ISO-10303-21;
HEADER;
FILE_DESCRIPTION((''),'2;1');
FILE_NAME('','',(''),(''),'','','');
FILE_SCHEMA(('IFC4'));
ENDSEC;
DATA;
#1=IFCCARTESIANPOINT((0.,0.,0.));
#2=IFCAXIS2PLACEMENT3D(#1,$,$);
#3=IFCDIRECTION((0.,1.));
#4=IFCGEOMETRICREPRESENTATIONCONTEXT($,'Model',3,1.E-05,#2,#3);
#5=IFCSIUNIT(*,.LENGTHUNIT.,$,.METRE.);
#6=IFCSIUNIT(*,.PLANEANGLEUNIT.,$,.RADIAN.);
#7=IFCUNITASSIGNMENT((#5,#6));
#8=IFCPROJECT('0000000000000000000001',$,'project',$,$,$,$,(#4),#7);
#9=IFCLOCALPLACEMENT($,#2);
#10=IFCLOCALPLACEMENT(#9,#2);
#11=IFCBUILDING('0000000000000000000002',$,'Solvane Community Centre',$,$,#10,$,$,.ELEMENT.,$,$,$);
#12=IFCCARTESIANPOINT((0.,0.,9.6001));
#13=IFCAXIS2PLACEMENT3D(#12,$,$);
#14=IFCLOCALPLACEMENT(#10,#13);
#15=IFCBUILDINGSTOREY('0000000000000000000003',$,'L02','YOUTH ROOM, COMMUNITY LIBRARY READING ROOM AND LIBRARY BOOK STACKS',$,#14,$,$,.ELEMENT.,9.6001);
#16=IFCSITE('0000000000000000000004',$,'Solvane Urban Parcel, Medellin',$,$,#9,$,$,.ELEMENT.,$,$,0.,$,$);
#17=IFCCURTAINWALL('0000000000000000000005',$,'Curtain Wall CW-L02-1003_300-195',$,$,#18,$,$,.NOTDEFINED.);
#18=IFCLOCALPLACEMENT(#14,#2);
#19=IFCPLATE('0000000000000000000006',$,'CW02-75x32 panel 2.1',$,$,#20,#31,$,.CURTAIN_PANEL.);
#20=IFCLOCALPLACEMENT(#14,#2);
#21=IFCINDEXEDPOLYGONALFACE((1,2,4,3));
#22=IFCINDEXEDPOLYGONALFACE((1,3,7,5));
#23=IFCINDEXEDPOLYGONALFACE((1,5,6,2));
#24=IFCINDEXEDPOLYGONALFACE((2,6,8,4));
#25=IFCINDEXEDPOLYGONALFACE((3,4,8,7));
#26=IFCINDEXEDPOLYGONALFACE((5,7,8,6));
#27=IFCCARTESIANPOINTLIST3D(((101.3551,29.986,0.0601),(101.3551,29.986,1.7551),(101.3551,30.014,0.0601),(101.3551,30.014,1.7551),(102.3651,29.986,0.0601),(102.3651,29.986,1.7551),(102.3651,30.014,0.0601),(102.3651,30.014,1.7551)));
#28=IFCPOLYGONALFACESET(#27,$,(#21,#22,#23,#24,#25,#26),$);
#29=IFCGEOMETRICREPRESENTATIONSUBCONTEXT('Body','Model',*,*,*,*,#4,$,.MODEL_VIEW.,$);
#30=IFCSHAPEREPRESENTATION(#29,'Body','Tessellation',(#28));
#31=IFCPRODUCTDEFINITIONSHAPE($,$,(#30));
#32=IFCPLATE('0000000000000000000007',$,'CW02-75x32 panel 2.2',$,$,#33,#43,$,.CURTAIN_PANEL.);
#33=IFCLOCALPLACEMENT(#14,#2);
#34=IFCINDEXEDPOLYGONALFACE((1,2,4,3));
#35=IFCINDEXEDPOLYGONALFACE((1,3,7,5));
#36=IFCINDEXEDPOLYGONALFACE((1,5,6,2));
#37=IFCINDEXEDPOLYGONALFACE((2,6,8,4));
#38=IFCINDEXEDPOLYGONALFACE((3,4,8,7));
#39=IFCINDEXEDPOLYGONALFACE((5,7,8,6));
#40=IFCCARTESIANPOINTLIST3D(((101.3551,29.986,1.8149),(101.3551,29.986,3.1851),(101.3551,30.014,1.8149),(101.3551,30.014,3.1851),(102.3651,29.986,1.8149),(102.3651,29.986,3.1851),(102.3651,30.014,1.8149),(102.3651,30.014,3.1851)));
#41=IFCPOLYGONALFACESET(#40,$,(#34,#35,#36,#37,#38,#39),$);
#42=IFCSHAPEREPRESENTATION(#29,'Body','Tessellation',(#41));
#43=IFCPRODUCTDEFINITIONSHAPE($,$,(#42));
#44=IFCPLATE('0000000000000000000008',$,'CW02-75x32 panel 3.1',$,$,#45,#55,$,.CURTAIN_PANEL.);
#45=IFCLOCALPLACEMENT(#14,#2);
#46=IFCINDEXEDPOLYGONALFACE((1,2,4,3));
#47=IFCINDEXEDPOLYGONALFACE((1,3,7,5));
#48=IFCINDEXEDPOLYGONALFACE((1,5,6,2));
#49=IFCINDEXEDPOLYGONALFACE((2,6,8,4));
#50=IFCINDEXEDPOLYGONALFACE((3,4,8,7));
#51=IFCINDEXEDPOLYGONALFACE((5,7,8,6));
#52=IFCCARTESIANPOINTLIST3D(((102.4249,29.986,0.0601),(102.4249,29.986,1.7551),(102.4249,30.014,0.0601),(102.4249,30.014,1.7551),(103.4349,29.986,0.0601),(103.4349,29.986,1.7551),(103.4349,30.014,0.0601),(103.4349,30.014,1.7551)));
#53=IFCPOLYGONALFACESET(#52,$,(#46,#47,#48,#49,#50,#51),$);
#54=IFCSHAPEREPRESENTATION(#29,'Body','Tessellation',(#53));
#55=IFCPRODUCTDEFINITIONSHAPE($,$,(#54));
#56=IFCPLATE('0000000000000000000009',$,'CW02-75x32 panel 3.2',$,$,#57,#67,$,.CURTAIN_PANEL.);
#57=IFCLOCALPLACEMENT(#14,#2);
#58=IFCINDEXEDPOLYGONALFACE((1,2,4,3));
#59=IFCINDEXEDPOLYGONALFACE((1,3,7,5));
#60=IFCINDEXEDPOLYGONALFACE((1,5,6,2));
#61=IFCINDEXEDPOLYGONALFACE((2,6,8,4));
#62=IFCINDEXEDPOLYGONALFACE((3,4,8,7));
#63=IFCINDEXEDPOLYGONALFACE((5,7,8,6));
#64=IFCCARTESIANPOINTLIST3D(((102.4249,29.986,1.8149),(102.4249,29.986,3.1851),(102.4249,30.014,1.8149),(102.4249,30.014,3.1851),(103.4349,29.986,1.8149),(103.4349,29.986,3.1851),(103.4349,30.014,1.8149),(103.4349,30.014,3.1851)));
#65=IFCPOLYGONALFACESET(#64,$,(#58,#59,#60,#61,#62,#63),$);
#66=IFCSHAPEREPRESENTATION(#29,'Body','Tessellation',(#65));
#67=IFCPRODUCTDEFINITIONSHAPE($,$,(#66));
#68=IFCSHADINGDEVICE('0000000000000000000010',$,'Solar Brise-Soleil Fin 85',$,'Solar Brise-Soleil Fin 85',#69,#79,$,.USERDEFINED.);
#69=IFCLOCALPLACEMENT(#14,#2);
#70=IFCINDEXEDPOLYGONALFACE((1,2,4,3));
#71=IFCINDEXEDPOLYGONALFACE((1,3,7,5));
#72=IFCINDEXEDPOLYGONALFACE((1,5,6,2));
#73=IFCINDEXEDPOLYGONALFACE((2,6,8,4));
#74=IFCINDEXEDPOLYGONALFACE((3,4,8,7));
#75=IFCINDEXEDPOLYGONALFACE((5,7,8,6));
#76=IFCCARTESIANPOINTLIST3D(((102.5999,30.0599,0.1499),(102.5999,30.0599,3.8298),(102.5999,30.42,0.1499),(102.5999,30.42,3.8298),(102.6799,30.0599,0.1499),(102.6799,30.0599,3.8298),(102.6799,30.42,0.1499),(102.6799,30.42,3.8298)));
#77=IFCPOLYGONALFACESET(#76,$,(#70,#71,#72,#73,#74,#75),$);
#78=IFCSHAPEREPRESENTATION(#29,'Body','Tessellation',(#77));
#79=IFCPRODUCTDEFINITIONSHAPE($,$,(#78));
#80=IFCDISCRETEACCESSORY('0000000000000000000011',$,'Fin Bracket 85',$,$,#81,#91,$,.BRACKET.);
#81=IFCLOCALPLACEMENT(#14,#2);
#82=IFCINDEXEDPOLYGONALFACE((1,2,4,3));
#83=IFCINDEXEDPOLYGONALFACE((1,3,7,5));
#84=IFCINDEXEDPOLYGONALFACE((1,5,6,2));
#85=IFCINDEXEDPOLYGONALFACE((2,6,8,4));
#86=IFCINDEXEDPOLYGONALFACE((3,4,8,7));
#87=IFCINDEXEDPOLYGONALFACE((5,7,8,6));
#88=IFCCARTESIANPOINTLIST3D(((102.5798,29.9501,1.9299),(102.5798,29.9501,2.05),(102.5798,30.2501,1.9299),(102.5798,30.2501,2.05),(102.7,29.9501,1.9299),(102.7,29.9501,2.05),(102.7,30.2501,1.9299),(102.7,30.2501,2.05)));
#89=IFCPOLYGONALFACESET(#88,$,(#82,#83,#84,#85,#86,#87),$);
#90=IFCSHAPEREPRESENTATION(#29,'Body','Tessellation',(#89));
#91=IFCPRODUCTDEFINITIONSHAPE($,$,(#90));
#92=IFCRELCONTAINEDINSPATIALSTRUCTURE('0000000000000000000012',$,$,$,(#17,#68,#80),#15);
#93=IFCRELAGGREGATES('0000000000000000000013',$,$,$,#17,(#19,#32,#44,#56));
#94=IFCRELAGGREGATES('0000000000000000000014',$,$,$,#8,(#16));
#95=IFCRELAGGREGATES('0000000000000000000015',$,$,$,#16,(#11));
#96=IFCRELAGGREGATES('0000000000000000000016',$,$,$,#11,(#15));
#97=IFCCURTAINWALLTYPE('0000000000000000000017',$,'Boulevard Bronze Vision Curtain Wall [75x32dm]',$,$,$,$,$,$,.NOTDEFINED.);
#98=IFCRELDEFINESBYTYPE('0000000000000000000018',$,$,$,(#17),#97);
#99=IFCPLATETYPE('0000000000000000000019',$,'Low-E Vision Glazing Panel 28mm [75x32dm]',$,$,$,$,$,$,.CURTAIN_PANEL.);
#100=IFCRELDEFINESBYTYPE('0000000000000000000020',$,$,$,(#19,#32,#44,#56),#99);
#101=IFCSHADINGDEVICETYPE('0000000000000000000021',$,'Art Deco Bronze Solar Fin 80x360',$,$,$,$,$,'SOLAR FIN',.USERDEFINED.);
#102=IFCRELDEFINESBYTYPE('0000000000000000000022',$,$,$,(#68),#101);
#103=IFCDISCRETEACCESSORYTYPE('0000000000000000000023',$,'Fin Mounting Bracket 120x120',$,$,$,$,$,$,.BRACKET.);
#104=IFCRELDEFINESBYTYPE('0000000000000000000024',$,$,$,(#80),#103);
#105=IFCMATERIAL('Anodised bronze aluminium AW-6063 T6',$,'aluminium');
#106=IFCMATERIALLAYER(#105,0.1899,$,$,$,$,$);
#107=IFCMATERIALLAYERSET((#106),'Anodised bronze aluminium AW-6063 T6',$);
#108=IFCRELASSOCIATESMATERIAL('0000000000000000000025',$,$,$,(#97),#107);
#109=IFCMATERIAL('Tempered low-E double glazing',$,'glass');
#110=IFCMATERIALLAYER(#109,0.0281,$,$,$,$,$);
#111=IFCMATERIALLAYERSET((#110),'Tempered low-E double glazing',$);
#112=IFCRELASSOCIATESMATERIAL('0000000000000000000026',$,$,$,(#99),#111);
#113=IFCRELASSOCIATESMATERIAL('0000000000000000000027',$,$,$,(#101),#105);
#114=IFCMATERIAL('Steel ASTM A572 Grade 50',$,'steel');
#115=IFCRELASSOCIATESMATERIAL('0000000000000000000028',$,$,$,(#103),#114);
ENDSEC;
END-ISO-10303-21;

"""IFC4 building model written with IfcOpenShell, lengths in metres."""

from ifc_helpers import new_model, si_unit, direction, frame, origin, origin_2d, place, context, subcontext, project, spatial, rectangle, extrude, material, layer, layer_set, type_object, element, aggregate, save


model = new_model("IFC4")

# Units and contexts
model_context = context("Model", 3, precision=1e-05, world=origin(), true_north=direction((0.0, 1.0)))
body_context = subcontext(model_context, "Body", "Model", "MODEL_VIEW")
ifc_project = project(units=[si_unit("LENGTHUNIT", "METRE"), si_unit("PLANEANGLEUNIT", "RADIAN")], contexts=[model_context])

# Site, building, storey
site_placement = place(None, origin())
site = spatial("IfcSite", under=ifc_project, at=site_placement, Name="Solvane Urban Parcel, Medellin", CompositionType="ELEMENT", RefElevation=0.0)
building_placement = place(site_placement, origin())
building = spatial("IfcBuilding", under=site, at=building_placement, Name="Solvane Community Centre", CompositionType="ELEMENT")
storey_placement = place(building_placement, frame((0.0, 0.0, 9.6001)))
storey = spatial("IfcBuildingStorey", under=building, at=storey_placement, Name="L02", Description="YOUTH ROOM, COMMUNITY LIBRARY READING ROOM AND LIBRARY BOOK STACKS", CompositionType="ELEMENT", Elevation=9.6001)

# Curtain wall, plates
ifc_material_1 = material(Name="Anodised bronze aluminium AW-6063 T6", Category="aluminium")
ifc_layer_1 = layer(ifc_material_1, 0.1899)
ifc_layer_set_1 = layer_set([ifc_layer_1], Name="Anodised bronze aluminium AW-6063 T6")
curtain_wall_type = type_object("IfcCurtainWallType", Name="Boulevard Bronze Vision Curtain Wall [75x32dm]", PredefinedType="NOTDEFINED", material=ifc_layer_set_1)
curtain_wall_placement = place(storey_placement, origin())
curtain_wall = element("IfcCurtainWall", 1, at=curtain_wall_placement, inside=storey, type_object=curtain_wall_type, Name="Curtain Wall CW-L02-1003_300-195", PredefinedType="NOTDEFINED")
ifc_material_2 = material(Name="Tempered low-E double glazing", Category="glass")
ifc_layer_2 = layer(ifc_material_2, 0.0281)
ifc_layer_set_2 = layer_set([ifc_layer_2], Name="Tempered low-E double glazing")
plate_type = type_object("IfcPlateType", Name="Low-E Vision Glazing Panel 28mm [75x32dm]", PredefinedType="CURTAIN_PANEL", material=ifc_layer_set_2)
plate_1_placement = place(storey_placement, frame((101.8601, 30.0, 0.0601), z_axis=(0.0, 0.0, 1.0), x_axis=(1.0, 0.0, 0.0)))
plate_1 = element("IfcPlate", 2, at=plate_1_placement, type_object=plate_type, Name="CW02-75x32 panel 2.1", PredefinedType="CURTAIN_PANEL", context=body_context, shape_type="SweptSolid", body=[
    extrude(rectangle(XDim=1.01, YDim=0.0281, at=origin_2d()), origin(), (0.0, 0.0, 1.0), 1.6951),
])
plate_2_placement = place(storey_placement, frame((101.8601, 30.0, 1.8149), z_axis=(0.0, 0.0, 1.0), x_axis=(1.0, 0.0, 0.0)))
plate_2 = element("IfcPlate", 3, at=plate_2_placement, type_object=plate_type, Name="CW02-75x32 panel 2.2", PredefinedType="CURTAIN_PANEL", context=body_context, shape_type="SweptSolid", body=[
    extrude(rectangle(XDim=1.01, YDim=0.0281, at=origin_2d()), origin(), (0.0, 0.0, 1.0), 1.3701),
])
plate_3_placement = place(storey_placement, frame((102.9299, 30.0, 0.0601), z_axis=(0.0, 0.0, 1.0), x_axis=(1.0, 0.0, 0.0)))
plate_3 = element("IfcPlate", 4, at=plate_3_placement, type_object=plate_type, Name="CW02-75x32 panel 3.1", PredefinedType="CURTAIN_PANEL", context=body_context, shape_type="SweptSolid", body=[
    extrude(rectangle(XDim=1.01, YDim=0.0281, at=origin_2d()), origin(), (0.0, 0.0, 1.0), 1.6951),
])
plate_4_placement = place(storey_placement, frame((102.9299, 30.0, 1.8149), z_axis=(0.0, 0.0, 1.0), x_axis=(1.0, 0.0, 0.0)))
plate_4 = element("IfcPlate", 5, at=plate_4_placement, type_object=plate_type, Name="CW02-75x32 panel 3.2", PredefinedType="CURTAIN_PANEL", context=body_context, shape_type="SweptSolid", body=[
    extrude(rectangle(XDim=1.01, YDim=0.0281, at=origin_2d()), origin(), (0.0, 0.0, 1.0), 1.3701),
])
aggregate(curtain_wall, [plate_1, plate_2, plate_3, plate_4])

# Shading device
shading_device_type = type_object("IfcShadingDeviceType", Name="Art Deco Bronze Solar Fin 80x360", ElementType="SOLAR FIN", PredefinedType="USERDEFINED", material=ifc_material_1)
shading_device_placement = place(storey_placement, frame((102.6399, 30.24, 0.1499), z_axis=(0.0, 0.0, 1.0), x_axis=(1.0, 0.0, 0.0)))
element("IfcShadingDevice", 6, at=shading_device_placement, inside=storey, type_object=shading_device_type, Name="Solar Brise-Soleil Fin 85", ObjectType="Solar Brise-Soleil Fin 85", PredefinedType="USERDEFINED", context=body_context, shape_type="SweptSolid", body=[
    extrude(rectangle(XDim=0.0801, YDim=0.3601, at=origin_2d()), origin(), (0.0, 0.0, 1.0), 3.6799),
])

# Discrete accessory
ifc_material_3 = material(Name="Steel ASTM A572 Grade 50", Category="steel")
discrete_accessory_type = type_object("IfcDiscreteAccessoryType", Name="Fin Mounting Bracket 120x120", PredefinedType="BRACKET", material=ifc_material_3)
discrete_accessory_placement = place(storey_placement, frame((102.6399, 30.1001, 1.9299), z_axis=(0.0, 0.0, 1.0), x_axis=(1.0, 0.0, 0.0)))
element("IfcDiscreteAccessory", 7, at=discrete_accessory_placement, inside=storey, type_object=discrete_accessory_type, Name="Fin Bracket 85", PredefinedType="BRACKET", context=body_context, shape_type="SweptSolid", body=[
    extrude(rectangle(XDim=0.1201, YDim=0.3, at=origin_2d()), origin(), (0.0, 0.0, 1.0), 0.1201),
])

save(model, "model.ifc")
